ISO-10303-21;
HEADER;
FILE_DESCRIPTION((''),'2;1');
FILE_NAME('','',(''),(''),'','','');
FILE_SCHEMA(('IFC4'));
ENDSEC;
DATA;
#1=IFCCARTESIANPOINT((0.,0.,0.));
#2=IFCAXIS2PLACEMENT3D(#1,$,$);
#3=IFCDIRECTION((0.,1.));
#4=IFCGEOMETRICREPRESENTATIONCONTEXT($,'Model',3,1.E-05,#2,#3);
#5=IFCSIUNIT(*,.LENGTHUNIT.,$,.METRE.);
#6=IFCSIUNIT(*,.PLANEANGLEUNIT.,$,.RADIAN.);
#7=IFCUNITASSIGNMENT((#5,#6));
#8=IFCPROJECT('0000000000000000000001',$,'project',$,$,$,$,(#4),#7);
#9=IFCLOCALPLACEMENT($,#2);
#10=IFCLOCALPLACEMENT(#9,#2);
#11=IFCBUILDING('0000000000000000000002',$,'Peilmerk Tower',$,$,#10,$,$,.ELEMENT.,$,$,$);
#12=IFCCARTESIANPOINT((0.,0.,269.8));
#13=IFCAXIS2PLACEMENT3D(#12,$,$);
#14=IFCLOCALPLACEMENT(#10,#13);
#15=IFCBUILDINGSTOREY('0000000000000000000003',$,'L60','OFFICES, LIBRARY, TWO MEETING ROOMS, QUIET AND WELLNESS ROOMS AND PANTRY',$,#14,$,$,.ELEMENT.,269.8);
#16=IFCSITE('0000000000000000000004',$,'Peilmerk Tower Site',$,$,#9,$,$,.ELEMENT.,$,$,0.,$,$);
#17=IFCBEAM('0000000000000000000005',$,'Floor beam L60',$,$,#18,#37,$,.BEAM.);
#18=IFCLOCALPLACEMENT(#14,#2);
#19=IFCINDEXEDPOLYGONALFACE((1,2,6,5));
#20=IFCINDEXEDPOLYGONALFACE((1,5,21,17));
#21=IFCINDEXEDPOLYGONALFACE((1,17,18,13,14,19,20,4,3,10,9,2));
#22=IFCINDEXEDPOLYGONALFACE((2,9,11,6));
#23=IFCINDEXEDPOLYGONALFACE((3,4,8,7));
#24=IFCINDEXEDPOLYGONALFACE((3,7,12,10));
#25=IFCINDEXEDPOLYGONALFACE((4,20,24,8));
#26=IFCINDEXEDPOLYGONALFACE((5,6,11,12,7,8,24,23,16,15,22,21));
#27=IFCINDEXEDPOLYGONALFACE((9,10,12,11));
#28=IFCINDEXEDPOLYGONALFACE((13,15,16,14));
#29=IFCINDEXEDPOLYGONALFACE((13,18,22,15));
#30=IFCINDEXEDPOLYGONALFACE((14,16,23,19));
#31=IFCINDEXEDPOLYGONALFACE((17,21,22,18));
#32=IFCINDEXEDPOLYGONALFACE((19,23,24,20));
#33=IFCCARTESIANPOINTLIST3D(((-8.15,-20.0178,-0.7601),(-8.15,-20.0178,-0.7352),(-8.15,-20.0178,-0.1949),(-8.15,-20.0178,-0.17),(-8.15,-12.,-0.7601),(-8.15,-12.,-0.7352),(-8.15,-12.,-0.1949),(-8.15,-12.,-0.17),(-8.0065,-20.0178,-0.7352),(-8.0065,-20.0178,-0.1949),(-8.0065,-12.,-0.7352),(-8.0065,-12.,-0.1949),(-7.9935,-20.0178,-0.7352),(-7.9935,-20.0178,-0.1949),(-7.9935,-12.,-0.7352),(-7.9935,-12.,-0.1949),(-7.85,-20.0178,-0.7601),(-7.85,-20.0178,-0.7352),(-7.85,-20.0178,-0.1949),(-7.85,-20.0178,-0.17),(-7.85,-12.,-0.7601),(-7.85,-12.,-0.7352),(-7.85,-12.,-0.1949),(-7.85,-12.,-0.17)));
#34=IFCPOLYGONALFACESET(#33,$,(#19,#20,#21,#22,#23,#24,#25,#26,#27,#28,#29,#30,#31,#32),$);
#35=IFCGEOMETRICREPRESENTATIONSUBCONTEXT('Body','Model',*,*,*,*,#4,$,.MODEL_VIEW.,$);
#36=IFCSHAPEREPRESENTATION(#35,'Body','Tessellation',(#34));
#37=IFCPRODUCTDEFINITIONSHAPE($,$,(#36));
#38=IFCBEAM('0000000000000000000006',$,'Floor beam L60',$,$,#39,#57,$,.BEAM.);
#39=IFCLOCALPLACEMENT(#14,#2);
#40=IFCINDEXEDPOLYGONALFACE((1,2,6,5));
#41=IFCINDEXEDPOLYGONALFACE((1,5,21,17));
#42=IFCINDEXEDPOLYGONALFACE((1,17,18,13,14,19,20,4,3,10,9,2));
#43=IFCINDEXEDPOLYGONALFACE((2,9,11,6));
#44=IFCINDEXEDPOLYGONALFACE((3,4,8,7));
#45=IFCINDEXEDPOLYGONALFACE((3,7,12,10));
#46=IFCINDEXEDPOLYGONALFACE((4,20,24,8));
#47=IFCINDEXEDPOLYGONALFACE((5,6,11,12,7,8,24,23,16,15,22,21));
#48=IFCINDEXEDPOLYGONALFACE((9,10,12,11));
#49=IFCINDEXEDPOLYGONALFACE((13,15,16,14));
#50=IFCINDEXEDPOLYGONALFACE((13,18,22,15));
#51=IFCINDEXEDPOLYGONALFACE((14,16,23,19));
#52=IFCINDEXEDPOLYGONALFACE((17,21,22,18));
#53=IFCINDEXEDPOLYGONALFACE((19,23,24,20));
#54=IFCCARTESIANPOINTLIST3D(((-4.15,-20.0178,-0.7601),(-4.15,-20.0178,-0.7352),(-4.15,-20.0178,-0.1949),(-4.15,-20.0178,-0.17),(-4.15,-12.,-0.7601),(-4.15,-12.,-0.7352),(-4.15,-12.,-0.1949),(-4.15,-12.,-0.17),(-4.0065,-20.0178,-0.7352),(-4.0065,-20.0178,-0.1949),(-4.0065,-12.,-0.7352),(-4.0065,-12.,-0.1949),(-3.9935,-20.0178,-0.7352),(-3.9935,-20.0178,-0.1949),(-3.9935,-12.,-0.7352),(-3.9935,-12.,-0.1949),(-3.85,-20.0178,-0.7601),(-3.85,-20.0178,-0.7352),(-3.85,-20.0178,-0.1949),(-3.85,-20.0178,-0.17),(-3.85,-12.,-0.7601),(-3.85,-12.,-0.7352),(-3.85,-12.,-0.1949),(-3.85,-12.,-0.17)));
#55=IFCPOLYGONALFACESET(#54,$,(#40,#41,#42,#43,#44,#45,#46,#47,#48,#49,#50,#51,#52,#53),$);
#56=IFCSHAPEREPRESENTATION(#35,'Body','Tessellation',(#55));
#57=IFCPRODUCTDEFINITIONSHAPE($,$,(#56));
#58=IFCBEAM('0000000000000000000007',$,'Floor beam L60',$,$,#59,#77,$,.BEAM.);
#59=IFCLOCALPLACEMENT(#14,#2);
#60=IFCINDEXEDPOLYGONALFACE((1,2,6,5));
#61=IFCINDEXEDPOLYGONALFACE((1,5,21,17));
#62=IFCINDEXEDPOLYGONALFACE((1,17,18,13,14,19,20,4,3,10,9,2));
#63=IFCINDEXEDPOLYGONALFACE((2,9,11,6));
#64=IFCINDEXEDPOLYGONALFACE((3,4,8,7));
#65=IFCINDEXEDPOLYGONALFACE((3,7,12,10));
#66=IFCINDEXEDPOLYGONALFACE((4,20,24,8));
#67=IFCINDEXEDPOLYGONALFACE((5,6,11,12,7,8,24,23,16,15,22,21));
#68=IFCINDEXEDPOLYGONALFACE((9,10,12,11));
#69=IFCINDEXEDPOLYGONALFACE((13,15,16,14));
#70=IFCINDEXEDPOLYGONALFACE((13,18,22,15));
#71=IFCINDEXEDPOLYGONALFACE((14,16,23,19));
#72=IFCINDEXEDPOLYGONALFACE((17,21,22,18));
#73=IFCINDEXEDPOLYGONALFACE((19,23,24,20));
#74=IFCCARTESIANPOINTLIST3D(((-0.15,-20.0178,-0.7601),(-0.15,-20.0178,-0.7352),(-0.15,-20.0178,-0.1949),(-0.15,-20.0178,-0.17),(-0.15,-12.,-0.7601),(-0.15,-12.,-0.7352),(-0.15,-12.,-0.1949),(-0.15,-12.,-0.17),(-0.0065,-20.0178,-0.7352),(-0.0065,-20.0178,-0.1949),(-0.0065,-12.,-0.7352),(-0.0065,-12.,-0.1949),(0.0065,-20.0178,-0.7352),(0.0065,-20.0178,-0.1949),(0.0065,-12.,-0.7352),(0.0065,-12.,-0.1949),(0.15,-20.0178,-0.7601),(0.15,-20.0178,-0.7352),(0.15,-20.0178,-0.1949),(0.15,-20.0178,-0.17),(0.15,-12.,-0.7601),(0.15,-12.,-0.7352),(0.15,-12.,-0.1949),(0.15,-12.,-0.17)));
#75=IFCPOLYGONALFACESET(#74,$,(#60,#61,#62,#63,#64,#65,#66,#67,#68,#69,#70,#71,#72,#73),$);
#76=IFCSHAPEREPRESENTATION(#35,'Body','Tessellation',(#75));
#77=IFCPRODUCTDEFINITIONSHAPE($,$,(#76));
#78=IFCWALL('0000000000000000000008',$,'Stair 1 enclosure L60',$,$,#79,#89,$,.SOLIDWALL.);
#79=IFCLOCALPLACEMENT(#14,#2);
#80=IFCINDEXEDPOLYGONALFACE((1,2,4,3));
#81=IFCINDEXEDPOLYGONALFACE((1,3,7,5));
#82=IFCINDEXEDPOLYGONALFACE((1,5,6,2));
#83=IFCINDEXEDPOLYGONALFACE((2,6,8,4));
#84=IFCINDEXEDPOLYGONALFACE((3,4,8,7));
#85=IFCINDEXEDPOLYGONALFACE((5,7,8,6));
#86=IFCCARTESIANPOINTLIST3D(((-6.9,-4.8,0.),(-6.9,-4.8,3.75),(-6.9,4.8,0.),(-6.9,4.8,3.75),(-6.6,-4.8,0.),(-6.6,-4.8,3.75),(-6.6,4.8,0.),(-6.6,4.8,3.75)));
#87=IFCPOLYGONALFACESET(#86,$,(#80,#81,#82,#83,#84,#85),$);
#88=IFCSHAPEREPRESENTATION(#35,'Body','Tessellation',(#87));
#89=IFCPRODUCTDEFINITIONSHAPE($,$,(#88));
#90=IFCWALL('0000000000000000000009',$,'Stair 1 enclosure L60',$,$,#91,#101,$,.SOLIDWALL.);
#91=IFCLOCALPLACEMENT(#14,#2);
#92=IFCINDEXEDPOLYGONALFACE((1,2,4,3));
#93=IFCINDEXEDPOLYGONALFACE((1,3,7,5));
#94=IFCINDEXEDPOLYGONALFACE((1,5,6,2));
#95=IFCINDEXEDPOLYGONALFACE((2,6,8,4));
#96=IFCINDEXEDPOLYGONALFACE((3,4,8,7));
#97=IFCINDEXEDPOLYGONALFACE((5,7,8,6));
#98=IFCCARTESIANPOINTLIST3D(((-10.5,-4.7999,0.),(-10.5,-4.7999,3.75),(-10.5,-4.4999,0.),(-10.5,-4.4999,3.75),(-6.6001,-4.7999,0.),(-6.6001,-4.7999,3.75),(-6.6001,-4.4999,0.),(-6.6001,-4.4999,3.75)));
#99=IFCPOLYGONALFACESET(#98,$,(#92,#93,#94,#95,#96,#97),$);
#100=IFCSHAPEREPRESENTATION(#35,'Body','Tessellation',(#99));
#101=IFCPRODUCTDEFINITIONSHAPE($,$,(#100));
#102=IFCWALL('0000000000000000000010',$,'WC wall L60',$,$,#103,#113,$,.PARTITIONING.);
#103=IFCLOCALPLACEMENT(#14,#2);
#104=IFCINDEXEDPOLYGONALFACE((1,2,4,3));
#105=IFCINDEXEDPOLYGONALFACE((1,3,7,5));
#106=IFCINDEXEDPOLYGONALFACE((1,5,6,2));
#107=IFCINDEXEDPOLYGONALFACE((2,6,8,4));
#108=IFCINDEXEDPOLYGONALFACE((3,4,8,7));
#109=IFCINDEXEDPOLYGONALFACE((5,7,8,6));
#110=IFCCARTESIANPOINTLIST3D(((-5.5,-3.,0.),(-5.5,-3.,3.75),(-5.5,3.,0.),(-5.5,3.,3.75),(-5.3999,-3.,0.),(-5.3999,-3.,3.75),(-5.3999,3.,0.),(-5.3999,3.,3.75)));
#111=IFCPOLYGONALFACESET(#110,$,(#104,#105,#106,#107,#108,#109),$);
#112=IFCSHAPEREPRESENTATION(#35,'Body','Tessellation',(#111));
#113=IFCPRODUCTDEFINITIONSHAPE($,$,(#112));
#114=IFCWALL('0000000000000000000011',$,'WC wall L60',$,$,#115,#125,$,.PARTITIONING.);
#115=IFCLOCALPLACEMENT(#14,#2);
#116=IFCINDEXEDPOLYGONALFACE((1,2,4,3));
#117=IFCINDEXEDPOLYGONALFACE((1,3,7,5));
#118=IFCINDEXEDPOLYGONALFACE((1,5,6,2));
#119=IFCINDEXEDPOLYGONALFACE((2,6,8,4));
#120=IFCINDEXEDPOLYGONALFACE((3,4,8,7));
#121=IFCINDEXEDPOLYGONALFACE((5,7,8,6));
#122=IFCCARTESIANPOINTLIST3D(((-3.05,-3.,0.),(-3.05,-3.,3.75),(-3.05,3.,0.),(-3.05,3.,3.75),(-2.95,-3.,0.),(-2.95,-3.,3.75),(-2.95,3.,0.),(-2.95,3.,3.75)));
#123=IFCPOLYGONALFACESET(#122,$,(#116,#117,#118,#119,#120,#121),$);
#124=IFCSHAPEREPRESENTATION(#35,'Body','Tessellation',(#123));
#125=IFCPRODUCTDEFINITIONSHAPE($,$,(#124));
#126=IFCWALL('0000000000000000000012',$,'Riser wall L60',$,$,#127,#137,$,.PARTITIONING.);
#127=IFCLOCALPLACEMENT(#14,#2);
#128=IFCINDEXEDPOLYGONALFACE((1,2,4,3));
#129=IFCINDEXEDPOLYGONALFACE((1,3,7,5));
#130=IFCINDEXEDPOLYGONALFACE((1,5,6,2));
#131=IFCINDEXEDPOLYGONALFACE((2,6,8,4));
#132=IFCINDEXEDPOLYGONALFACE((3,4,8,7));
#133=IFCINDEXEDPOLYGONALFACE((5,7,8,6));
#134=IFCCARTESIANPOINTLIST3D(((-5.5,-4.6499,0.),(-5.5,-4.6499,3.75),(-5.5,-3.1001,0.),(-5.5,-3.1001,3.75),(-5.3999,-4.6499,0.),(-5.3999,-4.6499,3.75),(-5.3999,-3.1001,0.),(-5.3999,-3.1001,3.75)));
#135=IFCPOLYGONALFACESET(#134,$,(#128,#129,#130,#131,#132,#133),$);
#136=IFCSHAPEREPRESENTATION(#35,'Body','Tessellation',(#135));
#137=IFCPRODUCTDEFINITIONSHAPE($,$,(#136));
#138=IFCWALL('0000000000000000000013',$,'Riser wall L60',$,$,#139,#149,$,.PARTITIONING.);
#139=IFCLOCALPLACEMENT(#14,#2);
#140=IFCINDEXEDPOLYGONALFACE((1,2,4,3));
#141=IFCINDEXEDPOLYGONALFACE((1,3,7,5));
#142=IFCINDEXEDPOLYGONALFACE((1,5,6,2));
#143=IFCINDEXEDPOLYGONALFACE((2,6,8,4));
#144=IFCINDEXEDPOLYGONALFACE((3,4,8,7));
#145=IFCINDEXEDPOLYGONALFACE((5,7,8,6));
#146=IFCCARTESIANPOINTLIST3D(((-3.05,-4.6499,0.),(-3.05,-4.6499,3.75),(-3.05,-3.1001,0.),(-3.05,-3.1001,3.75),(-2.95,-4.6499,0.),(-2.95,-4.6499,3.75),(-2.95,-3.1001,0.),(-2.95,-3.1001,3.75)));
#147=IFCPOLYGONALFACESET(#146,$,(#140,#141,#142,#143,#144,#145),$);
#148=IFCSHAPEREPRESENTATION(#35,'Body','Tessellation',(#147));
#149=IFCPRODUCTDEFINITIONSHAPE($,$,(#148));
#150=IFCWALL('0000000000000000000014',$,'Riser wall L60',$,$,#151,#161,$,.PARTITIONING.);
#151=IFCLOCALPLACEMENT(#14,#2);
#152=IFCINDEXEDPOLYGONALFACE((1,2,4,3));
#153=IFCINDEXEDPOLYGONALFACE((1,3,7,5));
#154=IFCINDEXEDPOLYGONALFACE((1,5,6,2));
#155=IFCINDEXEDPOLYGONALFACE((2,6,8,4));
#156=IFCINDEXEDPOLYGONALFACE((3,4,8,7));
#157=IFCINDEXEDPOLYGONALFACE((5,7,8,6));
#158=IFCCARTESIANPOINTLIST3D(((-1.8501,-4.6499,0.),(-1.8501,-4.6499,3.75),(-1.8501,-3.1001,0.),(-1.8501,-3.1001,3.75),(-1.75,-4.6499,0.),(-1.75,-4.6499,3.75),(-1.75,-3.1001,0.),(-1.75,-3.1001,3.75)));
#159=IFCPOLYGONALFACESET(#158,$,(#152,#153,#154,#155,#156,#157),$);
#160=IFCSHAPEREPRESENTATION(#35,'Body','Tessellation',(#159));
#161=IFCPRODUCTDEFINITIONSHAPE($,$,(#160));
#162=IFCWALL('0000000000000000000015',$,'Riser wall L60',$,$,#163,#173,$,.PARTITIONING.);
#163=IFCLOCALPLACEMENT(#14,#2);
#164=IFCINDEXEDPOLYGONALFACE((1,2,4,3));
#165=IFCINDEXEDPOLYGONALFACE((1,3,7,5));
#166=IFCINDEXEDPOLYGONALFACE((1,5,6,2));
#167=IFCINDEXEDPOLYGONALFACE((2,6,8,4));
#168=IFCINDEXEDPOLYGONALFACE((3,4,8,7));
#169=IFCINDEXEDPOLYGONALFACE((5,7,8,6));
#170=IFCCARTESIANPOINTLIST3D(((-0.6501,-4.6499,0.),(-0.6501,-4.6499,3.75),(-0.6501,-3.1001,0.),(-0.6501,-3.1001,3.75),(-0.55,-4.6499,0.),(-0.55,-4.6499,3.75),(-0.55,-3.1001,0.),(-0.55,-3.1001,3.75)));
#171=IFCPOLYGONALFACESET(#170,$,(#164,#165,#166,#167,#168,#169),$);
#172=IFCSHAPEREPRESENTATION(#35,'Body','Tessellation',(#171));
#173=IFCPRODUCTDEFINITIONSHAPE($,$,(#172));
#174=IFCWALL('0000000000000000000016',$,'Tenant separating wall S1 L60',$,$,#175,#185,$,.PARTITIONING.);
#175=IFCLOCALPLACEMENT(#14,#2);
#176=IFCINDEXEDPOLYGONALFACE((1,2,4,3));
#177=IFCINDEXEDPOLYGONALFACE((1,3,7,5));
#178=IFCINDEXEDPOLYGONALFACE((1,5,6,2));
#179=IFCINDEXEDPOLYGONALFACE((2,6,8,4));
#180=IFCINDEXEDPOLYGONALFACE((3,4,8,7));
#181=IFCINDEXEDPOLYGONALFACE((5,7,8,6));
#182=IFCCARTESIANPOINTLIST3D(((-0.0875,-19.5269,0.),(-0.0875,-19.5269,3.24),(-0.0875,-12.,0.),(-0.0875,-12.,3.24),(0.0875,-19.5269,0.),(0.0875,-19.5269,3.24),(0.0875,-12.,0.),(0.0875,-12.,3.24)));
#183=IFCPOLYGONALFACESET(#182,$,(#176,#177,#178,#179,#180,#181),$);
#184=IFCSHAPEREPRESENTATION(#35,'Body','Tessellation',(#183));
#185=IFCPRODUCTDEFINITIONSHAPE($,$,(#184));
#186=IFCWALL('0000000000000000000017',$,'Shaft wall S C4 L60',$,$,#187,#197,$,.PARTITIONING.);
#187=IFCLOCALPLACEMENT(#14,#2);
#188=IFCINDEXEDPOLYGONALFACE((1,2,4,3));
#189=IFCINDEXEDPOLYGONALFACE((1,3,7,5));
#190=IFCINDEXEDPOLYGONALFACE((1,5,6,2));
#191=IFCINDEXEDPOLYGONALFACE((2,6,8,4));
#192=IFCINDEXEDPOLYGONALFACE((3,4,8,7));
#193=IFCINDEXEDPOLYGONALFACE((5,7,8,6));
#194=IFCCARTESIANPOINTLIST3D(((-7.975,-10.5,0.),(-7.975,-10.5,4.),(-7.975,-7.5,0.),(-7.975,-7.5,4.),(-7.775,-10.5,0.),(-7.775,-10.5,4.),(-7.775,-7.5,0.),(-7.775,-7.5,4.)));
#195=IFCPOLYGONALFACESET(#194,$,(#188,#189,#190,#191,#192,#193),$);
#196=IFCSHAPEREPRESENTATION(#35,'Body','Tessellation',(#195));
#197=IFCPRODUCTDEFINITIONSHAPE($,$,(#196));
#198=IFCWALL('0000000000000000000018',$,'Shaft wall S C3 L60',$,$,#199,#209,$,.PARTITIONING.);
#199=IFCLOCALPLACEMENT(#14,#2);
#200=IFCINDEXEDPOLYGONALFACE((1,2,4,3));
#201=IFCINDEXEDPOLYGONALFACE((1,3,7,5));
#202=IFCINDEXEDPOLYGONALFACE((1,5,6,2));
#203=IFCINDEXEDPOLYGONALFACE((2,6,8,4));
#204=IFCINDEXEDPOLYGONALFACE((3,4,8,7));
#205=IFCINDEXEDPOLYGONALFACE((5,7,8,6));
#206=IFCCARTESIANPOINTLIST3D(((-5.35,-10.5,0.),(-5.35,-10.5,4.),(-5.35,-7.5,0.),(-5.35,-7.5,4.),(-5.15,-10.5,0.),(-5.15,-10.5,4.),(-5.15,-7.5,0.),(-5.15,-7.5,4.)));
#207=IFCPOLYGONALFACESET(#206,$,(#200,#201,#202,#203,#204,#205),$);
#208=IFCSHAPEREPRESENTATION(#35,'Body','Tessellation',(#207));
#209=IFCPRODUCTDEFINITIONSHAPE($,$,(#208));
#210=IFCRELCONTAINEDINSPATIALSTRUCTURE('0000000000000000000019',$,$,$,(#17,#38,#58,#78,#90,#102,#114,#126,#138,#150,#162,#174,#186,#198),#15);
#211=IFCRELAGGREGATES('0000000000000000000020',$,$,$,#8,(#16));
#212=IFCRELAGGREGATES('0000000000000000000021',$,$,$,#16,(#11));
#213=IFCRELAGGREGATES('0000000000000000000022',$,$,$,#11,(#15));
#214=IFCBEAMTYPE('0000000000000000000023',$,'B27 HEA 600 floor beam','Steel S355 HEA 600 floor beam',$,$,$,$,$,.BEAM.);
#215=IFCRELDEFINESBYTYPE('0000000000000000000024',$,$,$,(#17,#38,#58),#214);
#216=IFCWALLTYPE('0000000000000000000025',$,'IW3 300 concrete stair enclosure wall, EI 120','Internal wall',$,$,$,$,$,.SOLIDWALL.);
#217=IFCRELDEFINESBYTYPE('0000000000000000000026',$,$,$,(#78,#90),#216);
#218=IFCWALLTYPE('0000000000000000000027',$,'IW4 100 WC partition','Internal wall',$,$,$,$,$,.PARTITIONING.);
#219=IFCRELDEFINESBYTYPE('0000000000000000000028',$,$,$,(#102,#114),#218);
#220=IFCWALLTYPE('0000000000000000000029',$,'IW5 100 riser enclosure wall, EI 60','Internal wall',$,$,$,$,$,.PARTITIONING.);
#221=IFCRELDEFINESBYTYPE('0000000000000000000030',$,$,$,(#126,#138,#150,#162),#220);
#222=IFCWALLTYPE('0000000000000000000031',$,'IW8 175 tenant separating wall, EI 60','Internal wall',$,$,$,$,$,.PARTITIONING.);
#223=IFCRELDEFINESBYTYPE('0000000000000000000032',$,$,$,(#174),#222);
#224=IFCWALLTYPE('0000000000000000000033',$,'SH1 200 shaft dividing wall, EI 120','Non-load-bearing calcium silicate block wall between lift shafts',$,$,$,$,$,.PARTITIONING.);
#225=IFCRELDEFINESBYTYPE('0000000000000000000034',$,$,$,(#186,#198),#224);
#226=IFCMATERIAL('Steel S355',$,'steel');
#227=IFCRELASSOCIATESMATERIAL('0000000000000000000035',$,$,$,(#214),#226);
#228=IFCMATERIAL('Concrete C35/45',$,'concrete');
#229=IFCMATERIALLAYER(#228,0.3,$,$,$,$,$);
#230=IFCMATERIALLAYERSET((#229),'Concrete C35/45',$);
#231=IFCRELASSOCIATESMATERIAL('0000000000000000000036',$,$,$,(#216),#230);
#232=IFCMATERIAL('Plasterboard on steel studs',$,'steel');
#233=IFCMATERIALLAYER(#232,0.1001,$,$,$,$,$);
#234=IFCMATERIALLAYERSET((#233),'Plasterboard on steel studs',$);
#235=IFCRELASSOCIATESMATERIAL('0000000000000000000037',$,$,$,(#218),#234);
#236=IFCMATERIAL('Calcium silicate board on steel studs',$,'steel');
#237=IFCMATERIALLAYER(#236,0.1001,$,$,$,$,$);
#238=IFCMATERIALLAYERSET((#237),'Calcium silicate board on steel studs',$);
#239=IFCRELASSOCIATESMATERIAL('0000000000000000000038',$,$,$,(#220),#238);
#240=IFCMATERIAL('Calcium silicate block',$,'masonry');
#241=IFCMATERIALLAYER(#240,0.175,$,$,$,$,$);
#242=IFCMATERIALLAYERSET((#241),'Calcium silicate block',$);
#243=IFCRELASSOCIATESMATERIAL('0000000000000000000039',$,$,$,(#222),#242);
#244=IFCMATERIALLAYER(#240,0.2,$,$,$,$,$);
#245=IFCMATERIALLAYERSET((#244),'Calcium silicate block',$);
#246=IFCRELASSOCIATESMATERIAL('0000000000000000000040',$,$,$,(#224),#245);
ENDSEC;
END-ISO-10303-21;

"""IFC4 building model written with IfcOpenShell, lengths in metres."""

from ifc_helpers import new_model, si_unit, direction, frame, frame_2d, origin, origin_2d, place, context, subcontext, project, spatial, rectangle, i_section, extrude, material, layer, layer_set, material_profile, profile_set, type_object, element, save


model = new_model("IFC4")

# Units and contexts
model_context = context("Model", 3, precision=1e-05, world=origin(), true_north=direction((0.0, 1.0)))
body_context = subcontext(model_context, "Body", "Model", "MODEL_VIEW")
ifc_project = project(units=[si_unit("LENGTHUNIT", "METRE"), si_unit("PLANEANGLEUNIT", "RADIAN")], contexts=[model_context])

# Site, building, storey
site_placement = place(None, origin())
site = spatial("IfcSite", under=ifc_project, at=site_placement, Name="Peilmerk Tower Site", CompositionType="ELEMENT", RefElevation=0.0)
building_placement = place(site_placement, origin())
building = spatial("IfcBuilding", under=site, at=building_placement, Name="Peilmerk Tower", CompositionType="ELEMENT")
storey_placement = place(building_placement, frame((0.0, 0.0, 269.8)))
storey = spatial("IfcBuildingStorey", under=building, at=storey_placement, Name="L60", Description="OFFICES, LIBRARY, TWO MEETING ROOMS, QUIET AND WELLNESS ROOMS AND PANTRY", CompositionType="ELEMENT", Elevation=269.8)

# Beams
ifc_material_1 = material(Name="Steel S355", Category="steel")
ifc_material_profile = material_profile(ifc_material_1, i_section(OverallWidth=0.3, OverallDepth=0.5901, WebThickness=0.0129, FlangeThickness=0.0249, at=origin_2d()), Name="HEA 600")
ifc_profile_set = profile_set([ifc_material_profile], Name="Steel S355")
beam_type = type_object("IfcBeamType", Name="B27 HEA 600 floor beam", Description="Steel S355 HEA 600 floor beam", PredefinedType="BEAM", material=ifc_profile_set)
for number, where, z_axis, x_axis, name in (
    (1, (-8.0, -12.0, -0.4651), (0.0, -1.0, 0.0), (1.0, 0.0, 0.0), "Floor beam L60"),
    (2, (-4.0, -12.0, -0.4651), (0.0, -1.0, 0.0), (1.0, 0.0, 0.0), "Floor beam L60"),
    (3, (0.0, -12.0, -0.4651), (0.0, -1.0, 0.0), (1.0, 0.0, 0.0), "Floor beam L60"),
):
    element("IfcBeam", number, at=place(storey_placement, frame(where, z_axis=z_axis, x_axis=x_axis)), inside=storey, type_object=beam_type, Name=name, PredefinedType="BEAM", context=body_context, shape_type="SweptSolid", body=[
        extrude(i_section(OverallWidth=0.3, OverallDepth=0.5901, WebThickness=0.0129, FlangeThickness=0.0249, at=origin_2d()), origin(), (0.0, 0.0, 1.0), 8.0178),
    ])

# Walls
ifc_material_2 = material(Name="Concrete C35/45", Category="concrete")
ifc_layer_1 = layer(ifc_material_2, 0.3)
ifc_layer_set_1 = layer_set([ifc_layer_1], Name="Concrete C35/45")
wall_type_1 = type_object("IfcWallType", Name="IW3 300 concrete stair enclosure wall, EI 120", Description="Internal wall", PredefinedType="SOLIDWALL", material=ifc_layer_set_1)
wall_1_placement = place(storey_placement, frame((-6.75, -4.8, 0.0), z_axis=(0.0, 0.0, 1.0), x_axis=(0.0, 1.0, 0.0)))
element("IfcWall", 4, at=wall_1_placement, inside=storey, type_object=wall_type_1, Name="Stair 1 enclosure L60", PredefinedType="SOLIDWALL", context=body_context, shape_type="SweptSolid", body=[
    extrude(rectangle(XDim=9.6001, YDim=0.3, at=frame_2d((4.8, 0.0))), origin(), (0.0, 0.0, 1.0), 3.75),
])
wall_2_placement = place(storey_placement, frame((-6.6001, -4.6499, 0.0), z_axis=(0.0, 0.0, 1.0), x_axis=(-1.0, 0.0, 0.0)))
element("IfcWall", 5, at=wall_2_placement, inside=storey, type_object=wall_type_1, Name="Stair 1 enclosure L60", PredefinedType="SOLIDWALL", context=body_context, shape_type="SweptSolid", body=[
    extrude(rectangle(XDim=3.8999, YDim=0.3, at=frame_2d((1.95, 0.0))), origin(), (0.0, 0.0, 1.0), 3.75),
])
ifc_material_3 = material(Name="Plasterboard on steel studs", Category="steel")
ifc_layer_2 = layer(ifc_material_3, 0.1001)
ifc_layer_set_2 = layer_set([ifc_layer_2], Name="Plasterboard on steel studs")
wall_type_2 = type_object("IfcWallType", Name="IW4 100 WC partition", Description="Internal wall", PredefinedType="PARTITIONING", material=ifc_layer_set_2)
for number, where, z_axis, x_axis, name in (
    (6, (-5.45, -3.0, 0.0), (0.0, 0.0, 1.0), (0.0, 1.0, 0.0), "WC wall L60"),
    (7, (-3.0, -3.0, 0.0), (0.0, 0.0, 1.0), (0.0, 1.0, 0.0), "WC wall L60"),
):
    element("IfcWall", number, at=place(storey_placement, frame(where, z_axis=z_axis, x_axis=x_axis)), inside=storey, type_object=wall_type_2, Name=name, PredefinedType="PARTITIONING", context=body_context, shape_type="SweptSolid", body=[
        extrude(rectangle(XDim=6.0, YDim=0.1001, at=frame_2d((3.0, 0.0))), origin(), (0.0, 0.0, 1.0), 3.75),
    ])
ifc_material_4 = material(Name="Calcium silicate board on steel studs", Category="steel")
ifc_layer_3 = layer(ifc_material_4, 0.1001)
ifc_layer_set_3 = layer_set([ifc_layer_3], Name="Calcium silicate board on steel studs")
wall_type_3 = type_object("IfcWallType", Name="IW5 100 riser enclosure wall, EI 60", Description="Internal wall", PredefinedType="PARTITIONING", material=ifc_layer_set_3)
for number, where, z_axis, x_axis, name in (
    (8, (-5.45, -3.1001, 0.0), (0.0, 0.0, 1.0), (0.0, -1.0, 0.0), "Riser wall L60"),
    (9, (-3.0, -3.1001, 0.0), (0.0, 0.0, 1.0), (0.0, -1.0, 0.0), "Riser wall L60"),
    (10, (-1.8, -3.1001, 0.0), (0.0, 0.0, 1.0), (0.0, -1.0, 0.0), "Riser wall L60"),
    (11, (-0.6001, -3.1001, 0.0), (0.0, 0.0, 1.0), (0.0, -1.0, 0.0), "Riser wall L60"),
):
    element("IfcWall", number, at=place(storey_placement, frame(where, z_axis=z_axis, x_axis=x_axis)), inside=storey, type_object=wall_type_3, Name=name, PredefinedType="PARTITIONING", context=body_context, shape_type="SweptSolid", body=[
        extrude(rectangle(XDim=1.5498, YDim=0.1001, at=frame_2d((0.7749, 0.0))), origin(), (0.0, 0.0, 1.0), 3.75),
    ])
ifc_material_5 = material(Name="Calcium silicate block", Category="masonry")
ifc_layer_4 = layer(ifc_material_5, 0.175)
ifc_layer_set_4 = layer_set([ifc_layer_4], Name="Calcium silicate block")
wall_type_4 = type_object("IfcWallType", Name="IW8 175 tenant separating wall, EI 60", Description="Internal wall", PredefinedType="PARTITIONING", material=ifc_layer_set_4)
wall_3_placement = place(storey_placement, frame((0.0, -12.0, 0.0), z_axis=(0.0, 0.0, 1.0), x_axis=(0.0, -1.0, 0.0)))
element("IfcWall", 12, at=wall_3_placement, inside=storey, type_object=wall_type_4, Name="Tenant separating wall S1 L60", PredefinedType="PARTITIONING", context=body_context, shape_type="SweptSolid", body=[
    extrude(rectangle(XDim=7.5269, YDim=0.175, at=frame_2d((3.7634, 0.0))), origin(), (0.0, 0.0, 1.0), 3.24),
])
ifc_layer_5 = layer(ifc_material_5, 0.2)
ifc_layer_set_5 = layer_set([ifc_layer_5], Name="Calcium silicate block")
wall_type_5 = type_object("IfcWallType", Name="SH1 200 shaft dividing wall, EI 120", Description="Non-load-bearing calcium silicate block wall between lift shafts", PredefinedType="PARTITIONING", material=ifc_layer_set_5)
for number, where, z_axis, x_axis, name in (
    (13, (-7.875, -10.5, 0.0), (0.0, 0.0, 1.0), (0.0, 1.0, 0.0), "Shaft wall S C4 L60"),
    (14, (-5.25, -10.5, 0.0), (0.0, 0.0, 1.0), (0.0, 1.0, 0.0), "Shaft wall S C3 L60"),
):
    element("IfcWall", number, at=place(storey_placement, frame(where, z_axis=z_axis, x_axis=x_axis)), inside=storey, type_object=wall_type_5, Name=name, PredefinedType="PARTITIONING", context=body_context, shape_type="SweptSolid", body=[
        extrude(rectangle(XDim=3.0, YDim=0.2, at=frame_2d((1.5, 0.0))), origin(), (0.0, 0.0, 1.0), 4.0),
    ])

save(model, "model.ifc")
